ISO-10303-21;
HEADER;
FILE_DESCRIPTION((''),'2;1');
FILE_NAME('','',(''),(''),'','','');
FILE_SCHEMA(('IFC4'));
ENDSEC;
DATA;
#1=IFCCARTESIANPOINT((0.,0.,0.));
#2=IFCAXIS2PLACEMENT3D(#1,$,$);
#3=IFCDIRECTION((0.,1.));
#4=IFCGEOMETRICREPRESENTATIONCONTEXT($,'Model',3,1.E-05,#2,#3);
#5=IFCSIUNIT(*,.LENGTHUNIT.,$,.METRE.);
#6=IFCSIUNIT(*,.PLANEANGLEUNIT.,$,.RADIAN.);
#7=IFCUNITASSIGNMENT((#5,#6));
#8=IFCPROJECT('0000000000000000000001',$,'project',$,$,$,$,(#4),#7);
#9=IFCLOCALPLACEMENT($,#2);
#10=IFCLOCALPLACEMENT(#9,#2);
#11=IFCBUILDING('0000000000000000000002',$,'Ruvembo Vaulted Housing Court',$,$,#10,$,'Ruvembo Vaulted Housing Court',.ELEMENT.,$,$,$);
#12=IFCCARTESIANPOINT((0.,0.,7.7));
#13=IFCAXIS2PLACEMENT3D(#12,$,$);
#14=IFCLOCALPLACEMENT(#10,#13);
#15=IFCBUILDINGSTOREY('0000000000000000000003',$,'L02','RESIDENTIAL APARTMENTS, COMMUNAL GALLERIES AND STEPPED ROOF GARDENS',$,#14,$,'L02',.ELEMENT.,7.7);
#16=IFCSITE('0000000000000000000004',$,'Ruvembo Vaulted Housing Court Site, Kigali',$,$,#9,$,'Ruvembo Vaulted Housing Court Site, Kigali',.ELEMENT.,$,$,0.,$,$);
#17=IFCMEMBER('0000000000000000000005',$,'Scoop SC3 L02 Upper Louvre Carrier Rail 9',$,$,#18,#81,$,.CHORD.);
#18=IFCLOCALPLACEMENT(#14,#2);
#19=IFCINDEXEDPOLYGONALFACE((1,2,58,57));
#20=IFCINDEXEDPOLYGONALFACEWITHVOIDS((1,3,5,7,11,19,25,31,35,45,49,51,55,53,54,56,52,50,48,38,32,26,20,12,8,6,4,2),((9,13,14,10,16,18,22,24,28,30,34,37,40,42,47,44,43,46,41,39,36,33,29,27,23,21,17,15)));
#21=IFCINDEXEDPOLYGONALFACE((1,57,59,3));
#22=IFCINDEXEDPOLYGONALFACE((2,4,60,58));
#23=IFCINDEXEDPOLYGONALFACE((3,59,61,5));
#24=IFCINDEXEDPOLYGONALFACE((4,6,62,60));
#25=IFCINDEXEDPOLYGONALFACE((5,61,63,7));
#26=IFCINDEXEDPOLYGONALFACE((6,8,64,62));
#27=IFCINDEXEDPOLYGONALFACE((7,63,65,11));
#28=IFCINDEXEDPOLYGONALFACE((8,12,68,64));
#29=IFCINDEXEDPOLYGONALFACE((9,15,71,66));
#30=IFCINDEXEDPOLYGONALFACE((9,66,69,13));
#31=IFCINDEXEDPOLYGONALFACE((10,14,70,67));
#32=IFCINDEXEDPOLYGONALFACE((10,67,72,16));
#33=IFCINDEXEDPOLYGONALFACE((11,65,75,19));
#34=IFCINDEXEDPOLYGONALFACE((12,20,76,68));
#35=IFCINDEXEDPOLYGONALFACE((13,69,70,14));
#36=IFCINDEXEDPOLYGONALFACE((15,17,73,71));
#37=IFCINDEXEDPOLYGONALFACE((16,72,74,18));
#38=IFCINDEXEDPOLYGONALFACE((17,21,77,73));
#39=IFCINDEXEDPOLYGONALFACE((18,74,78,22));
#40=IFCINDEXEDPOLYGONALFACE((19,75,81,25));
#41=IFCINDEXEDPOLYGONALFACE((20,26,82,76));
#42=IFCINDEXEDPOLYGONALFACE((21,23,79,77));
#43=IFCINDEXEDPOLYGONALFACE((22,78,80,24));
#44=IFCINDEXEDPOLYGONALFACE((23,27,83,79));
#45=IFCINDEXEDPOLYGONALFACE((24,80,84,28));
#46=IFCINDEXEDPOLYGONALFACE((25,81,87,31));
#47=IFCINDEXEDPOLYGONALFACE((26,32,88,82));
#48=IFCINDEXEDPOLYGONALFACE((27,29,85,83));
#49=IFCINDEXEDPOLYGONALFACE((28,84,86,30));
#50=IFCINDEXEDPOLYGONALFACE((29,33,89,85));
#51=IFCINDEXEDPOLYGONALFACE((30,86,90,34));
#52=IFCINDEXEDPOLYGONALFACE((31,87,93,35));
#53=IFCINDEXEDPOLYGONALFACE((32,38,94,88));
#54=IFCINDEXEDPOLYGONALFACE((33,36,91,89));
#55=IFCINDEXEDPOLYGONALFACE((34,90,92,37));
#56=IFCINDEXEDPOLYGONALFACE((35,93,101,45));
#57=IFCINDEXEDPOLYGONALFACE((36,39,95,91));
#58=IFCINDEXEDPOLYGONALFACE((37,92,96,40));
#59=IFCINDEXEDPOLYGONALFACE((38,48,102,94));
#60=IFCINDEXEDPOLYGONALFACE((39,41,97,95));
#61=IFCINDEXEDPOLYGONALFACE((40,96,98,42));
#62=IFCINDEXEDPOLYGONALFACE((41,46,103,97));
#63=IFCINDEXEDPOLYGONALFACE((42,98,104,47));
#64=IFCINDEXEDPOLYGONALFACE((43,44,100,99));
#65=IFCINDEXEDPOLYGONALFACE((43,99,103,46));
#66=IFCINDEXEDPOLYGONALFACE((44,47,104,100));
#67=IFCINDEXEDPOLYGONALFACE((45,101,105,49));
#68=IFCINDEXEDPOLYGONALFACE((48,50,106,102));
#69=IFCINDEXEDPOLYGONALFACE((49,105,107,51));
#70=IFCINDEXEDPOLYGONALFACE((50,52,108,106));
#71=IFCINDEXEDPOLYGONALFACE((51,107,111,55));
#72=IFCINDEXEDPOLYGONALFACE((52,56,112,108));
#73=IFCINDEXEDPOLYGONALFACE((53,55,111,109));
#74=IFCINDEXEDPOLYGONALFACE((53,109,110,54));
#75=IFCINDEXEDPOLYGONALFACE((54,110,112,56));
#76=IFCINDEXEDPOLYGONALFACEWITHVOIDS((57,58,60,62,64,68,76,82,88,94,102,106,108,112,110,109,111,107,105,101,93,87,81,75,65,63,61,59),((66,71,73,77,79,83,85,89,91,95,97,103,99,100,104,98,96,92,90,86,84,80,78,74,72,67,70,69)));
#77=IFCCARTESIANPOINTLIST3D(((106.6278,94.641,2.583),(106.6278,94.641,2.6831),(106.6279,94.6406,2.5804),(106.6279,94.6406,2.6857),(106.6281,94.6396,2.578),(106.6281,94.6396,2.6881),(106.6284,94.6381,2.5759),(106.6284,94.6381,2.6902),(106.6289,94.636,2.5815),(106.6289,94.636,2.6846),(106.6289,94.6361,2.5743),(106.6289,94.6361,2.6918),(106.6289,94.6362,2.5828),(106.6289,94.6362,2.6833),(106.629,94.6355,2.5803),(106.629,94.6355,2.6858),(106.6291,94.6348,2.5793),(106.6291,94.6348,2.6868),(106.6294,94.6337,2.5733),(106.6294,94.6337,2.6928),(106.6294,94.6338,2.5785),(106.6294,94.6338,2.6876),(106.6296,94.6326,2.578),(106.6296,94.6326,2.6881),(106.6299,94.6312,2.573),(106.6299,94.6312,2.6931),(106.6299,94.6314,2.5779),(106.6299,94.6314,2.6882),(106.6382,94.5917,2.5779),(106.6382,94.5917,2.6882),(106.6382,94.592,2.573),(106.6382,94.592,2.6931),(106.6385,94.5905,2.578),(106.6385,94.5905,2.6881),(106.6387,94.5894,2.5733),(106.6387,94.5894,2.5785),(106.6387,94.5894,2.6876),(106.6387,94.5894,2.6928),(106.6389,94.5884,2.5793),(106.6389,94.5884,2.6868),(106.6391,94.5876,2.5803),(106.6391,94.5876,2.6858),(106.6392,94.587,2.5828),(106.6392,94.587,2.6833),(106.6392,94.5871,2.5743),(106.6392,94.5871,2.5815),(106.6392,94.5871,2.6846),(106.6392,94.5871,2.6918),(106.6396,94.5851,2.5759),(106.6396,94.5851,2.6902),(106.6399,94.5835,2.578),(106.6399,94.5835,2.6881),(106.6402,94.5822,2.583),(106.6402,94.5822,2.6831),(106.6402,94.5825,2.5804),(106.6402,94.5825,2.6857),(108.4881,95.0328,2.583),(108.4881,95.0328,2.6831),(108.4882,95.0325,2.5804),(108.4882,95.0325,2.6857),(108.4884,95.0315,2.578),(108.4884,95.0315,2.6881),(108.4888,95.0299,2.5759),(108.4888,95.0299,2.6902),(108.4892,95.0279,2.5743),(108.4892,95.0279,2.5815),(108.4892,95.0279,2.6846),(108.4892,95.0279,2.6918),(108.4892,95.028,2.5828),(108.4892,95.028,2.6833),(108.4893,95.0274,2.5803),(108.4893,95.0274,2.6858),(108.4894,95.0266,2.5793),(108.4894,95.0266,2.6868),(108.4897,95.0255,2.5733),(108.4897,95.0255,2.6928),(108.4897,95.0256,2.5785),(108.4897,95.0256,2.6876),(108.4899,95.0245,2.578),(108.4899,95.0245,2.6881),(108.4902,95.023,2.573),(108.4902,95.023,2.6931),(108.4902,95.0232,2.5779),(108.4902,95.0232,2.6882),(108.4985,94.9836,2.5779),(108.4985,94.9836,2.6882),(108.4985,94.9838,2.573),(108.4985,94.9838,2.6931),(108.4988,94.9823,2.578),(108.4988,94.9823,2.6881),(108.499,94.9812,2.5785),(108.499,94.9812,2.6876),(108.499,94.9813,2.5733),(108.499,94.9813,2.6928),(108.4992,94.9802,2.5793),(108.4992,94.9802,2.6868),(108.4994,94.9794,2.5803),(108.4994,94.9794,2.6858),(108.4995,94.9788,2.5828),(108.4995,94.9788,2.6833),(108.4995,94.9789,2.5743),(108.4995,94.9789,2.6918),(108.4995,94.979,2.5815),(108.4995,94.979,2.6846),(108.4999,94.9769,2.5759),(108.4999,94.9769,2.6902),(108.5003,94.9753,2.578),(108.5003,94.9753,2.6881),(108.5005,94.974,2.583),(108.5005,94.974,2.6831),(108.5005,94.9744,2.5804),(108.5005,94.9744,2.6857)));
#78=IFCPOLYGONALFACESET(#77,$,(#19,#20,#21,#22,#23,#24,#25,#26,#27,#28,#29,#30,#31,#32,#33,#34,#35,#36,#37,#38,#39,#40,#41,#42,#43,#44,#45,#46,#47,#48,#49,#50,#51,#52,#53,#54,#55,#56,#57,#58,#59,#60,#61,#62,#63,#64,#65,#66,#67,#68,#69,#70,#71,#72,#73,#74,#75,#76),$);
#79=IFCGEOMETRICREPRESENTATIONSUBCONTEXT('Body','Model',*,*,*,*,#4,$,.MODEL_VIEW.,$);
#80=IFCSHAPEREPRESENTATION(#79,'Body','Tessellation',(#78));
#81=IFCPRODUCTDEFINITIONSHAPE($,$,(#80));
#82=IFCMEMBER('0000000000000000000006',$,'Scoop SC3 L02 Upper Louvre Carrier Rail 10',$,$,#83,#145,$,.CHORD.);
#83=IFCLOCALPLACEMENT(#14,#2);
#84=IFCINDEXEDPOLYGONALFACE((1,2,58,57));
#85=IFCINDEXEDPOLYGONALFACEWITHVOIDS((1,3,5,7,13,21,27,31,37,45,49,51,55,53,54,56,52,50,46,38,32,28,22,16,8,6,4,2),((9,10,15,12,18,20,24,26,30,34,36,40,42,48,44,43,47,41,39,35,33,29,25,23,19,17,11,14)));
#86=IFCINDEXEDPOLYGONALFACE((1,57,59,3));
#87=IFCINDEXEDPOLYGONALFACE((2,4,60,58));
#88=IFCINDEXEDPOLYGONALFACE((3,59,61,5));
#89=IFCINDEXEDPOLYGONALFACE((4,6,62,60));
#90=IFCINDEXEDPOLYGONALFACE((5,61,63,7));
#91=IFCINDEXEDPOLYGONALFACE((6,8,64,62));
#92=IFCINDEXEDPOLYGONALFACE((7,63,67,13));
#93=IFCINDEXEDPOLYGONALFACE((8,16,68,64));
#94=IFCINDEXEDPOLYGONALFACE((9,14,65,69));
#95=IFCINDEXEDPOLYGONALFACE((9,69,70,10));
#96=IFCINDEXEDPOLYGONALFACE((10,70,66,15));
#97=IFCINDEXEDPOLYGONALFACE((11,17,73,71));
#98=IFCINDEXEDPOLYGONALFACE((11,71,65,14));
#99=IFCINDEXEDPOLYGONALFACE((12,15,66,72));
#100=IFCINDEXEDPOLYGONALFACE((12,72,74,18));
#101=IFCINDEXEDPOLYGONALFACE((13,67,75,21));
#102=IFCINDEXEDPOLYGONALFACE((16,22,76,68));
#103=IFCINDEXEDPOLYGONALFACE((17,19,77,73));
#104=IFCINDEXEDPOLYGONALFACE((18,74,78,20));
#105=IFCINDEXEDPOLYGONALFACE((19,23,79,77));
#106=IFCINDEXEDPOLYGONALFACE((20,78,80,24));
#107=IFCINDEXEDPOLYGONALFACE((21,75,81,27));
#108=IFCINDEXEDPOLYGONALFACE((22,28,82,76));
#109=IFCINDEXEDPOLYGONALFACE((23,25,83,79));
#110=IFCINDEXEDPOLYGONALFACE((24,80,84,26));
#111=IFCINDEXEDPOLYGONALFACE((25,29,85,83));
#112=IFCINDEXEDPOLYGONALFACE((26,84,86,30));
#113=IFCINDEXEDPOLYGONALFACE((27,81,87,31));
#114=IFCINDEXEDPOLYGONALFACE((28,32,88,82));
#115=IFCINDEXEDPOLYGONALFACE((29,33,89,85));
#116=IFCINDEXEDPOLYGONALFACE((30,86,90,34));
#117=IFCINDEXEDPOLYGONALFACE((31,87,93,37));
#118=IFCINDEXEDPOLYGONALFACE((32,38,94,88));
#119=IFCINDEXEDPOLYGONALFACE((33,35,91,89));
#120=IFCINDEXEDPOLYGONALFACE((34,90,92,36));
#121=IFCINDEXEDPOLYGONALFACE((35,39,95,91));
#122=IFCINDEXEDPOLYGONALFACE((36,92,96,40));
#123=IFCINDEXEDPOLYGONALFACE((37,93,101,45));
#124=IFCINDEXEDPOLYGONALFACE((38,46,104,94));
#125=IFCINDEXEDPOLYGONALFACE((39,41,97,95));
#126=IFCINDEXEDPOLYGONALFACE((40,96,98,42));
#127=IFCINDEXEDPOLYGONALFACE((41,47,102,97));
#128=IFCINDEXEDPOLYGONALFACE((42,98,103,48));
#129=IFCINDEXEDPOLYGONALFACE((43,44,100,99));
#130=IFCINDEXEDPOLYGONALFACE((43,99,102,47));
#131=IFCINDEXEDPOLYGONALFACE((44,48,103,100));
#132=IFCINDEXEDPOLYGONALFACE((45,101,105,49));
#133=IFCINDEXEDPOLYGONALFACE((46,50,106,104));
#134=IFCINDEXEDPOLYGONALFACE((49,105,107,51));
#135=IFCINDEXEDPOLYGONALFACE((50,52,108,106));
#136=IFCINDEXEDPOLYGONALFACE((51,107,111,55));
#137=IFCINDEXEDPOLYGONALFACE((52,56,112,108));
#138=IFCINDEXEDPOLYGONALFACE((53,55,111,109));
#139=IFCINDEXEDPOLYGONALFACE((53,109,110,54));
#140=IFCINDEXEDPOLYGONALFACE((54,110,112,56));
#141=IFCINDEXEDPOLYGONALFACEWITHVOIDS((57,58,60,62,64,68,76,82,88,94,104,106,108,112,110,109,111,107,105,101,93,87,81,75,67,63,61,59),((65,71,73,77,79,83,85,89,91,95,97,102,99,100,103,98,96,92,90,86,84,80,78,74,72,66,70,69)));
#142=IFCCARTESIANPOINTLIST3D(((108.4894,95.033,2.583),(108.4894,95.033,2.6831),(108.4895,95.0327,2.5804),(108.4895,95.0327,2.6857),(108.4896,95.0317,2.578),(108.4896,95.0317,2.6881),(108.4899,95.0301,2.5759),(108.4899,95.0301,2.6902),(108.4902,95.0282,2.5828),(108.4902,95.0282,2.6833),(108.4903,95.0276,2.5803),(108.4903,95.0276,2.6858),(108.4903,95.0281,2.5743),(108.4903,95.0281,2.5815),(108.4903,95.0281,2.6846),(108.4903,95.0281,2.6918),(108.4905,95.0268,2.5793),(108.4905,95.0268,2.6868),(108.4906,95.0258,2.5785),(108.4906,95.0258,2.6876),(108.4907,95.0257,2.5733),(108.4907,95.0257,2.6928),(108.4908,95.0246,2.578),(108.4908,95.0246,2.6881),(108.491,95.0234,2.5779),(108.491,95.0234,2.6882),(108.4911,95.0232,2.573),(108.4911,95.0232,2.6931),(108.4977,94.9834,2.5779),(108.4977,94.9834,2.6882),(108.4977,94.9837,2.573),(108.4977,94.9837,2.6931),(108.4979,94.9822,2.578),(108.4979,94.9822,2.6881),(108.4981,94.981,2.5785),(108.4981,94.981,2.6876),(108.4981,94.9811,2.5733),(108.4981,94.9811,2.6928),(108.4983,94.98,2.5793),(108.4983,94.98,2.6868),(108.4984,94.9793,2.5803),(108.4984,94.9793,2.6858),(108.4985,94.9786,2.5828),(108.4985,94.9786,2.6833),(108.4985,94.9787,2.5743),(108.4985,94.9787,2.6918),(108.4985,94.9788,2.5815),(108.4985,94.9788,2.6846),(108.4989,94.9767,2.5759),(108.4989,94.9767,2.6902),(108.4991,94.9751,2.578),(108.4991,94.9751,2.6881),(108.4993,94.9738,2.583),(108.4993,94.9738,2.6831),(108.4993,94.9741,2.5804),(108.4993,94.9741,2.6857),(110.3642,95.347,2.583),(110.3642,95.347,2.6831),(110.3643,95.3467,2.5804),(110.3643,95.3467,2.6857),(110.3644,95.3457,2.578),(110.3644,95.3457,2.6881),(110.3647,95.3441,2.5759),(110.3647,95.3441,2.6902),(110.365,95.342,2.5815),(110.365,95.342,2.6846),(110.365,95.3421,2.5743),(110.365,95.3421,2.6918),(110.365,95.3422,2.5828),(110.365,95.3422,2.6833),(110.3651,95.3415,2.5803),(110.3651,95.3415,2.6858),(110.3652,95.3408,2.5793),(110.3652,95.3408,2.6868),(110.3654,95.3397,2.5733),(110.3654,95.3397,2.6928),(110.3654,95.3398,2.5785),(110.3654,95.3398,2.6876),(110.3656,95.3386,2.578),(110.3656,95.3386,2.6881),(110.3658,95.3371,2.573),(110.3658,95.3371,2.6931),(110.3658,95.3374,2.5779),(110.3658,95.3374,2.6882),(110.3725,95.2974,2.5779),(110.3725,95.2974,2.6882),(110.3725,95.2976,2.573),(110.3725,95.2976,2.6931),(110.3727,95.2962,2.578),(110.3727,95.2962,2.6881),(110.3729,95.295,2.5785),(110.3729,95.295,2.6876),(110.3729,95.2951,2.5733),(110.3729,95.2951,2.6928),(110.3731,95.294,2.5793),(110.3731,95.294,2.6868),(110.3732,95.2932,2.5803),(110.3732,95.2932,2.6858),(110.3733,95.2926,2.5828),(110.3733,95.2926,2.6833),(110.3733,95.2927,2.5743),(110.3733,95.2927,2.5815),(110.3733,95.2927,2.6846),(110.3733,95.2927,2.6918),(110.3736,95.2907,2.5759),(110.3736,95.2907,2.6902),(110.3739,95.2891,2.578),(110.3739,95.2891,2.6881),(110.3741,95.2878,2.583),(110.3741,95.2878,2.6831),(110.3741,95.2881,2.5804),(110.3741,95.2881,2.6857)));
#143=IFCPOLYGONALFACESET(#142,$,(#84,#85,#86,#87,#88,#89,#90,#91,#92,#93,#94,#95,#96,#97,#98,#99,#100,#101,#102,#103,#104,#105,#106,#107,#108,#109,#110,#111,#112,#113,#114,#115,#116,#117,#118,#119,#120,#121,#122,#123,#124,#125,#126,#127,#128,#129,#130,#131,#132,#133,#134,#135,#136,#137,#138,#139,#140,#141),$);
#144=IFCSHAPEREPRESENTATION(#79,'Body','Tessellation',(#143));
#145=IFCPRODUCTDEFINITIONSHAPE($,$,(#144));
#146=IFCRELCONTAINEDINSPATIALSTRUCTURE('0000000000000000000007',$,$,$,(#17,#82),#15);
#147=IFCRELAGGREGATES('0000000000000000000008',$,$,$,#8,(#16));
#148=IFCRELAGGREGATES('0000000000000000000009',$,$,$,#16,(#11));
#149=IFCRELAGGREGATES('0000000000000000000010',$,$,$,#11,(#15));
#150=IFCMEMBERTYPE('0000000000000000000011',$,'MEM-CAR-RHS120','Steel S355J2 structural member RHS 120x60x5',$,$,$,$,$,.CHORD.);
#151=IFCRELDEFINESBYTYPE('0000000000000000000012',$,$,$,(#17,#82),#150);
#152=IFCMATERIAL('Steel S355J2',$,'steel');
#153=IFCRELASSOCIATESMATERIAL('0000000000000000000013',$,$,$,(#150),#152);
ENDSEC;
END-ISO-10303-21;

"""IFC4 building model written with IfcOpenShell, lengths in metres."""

from ifc_helpers import new_model, si_unit, direction, frame, origin, origin_2d, place, context, subcontext, project, spatial, hollow_rectangle, extrude, material, material_profile, profile_set, type_object, element, save


model = new_model("IFC4")

# Units and contexts
model_context = context("Model", 3, precision=1e-05, world=origin(), true_north=direction((0.0, 1.0)))
body_context = subcontext(model_context, "Body", "Model", "MODEL_VIEW")
ifc_project = project(units=[si_unit("LENGTHUNIT", "METRE"), si_unit("PLANEANGLEUNIT", "RADIAN")], contexts=[model_context])

# Site, building, storey
site_placement = place(None, origin())
site = spatial("IfcSite", under=ifc_project, at=site_placement, Name="Ruvembo Vaulted Housing Court Site, Kigali", LongName="Ruvembo Vaulted Housing Court Site, Kigali", CompositionType="ELEMENT", RefElevation=0.0)
building_placement = place(site_placement, origin())
building = spatial("IfcBuilding", under=site, at=building_placement, Name="Ruvembo Vaulted Housing Court", LongName="Ruvembo Vaulted Housing Court", CompositionType="ELEMENT")
storey_placement = place(building_placement, frame((0.0, 0.0, 7.7)))
storey = spatial("IfcBuildingStorey", under=building, at=storey_placement, Name="L02", Description="RESIDENTIAL APARTMENTS, COMMUNAL GALLERIES AND STEPPED ROOF GARDENS", LongName="L02", CompositionType="ELEMENT", Elevation=7.7)

# Shared definitions
ifc_material_1 = material(Name="Steel S355J2", Category="steel")

# Members
ifc_material_profile_1 = material_profile(ifc_material_1, hollow_rectangle(XDim=0.0601, YDim=0.1201, WallThickness=0.0049, InnerFilletRadius=0.0049, OuterFilletRadius=0.01, at=origin_2d()), Name="RHS 120x60x5")
ifc_profile_set_1 = profile_set([ifc_material_profile_1], Name="Steel S355J2")
member_type_1 = type_object("IfcMemberType", Name="MEM-CAR-RHS120", Description="Steel S355J2 structural member RHS 120x60x5", PredefinedType="CHORD", material=ifc_profile_set_1)
member_1_placement = place(storey_placement, frame((106.634, 94.6116, 2.6331), z_axis=(0.978529, 0.206108, 0.0), x_axis=(-0.206108, 0.978529, 0.0)))
element("IfcMember", 1, at=member_1_placement, inside=storey, type_object=member_type_1, Name="Scoop SC3 L02 Upper Louvre Carrier Rail 9", PredefinedType="CHORD", context=body_context, shape_type="SweptSolid", body=[
    extrude(hollow_rectangle(XDim=0.0601, YDim=0.1201, WallThickness=0.0049, InnerFilletRadius=0.0049, OuterFilletRadius=0.01, at=origin_2d()), origin(), (0.0, 0.0, 1.0), 1.9011),
])
member_2_placement = place(storey_placement, frame((108.4944, 95.0034, 2.6331), z_axis=(0.986265, 0.16517, 0.0), x_axis=(-0.16517, 0.986265, 0.0)))
element("IfcMember", 2, at=member_2_placement, inside=storey, type_object=member_type_1, Name="Scoop SC3 L02 Upper Louvre Carrier Rail 10", PredefinedType="CHORD", context=body_context, shape_type="SweptSolid", body=[
    extrude(hollow_rectangle(XDim=0.0601, YDim=0.1201, WallThickness=0.0049, InnerFilletRadius=0.0049, OuterFilletRadius=0.01, at=origin_2d()), origin(), (0.0, 0.0, 1.0), 1.9009),
])

save(model, "model.ifc")
